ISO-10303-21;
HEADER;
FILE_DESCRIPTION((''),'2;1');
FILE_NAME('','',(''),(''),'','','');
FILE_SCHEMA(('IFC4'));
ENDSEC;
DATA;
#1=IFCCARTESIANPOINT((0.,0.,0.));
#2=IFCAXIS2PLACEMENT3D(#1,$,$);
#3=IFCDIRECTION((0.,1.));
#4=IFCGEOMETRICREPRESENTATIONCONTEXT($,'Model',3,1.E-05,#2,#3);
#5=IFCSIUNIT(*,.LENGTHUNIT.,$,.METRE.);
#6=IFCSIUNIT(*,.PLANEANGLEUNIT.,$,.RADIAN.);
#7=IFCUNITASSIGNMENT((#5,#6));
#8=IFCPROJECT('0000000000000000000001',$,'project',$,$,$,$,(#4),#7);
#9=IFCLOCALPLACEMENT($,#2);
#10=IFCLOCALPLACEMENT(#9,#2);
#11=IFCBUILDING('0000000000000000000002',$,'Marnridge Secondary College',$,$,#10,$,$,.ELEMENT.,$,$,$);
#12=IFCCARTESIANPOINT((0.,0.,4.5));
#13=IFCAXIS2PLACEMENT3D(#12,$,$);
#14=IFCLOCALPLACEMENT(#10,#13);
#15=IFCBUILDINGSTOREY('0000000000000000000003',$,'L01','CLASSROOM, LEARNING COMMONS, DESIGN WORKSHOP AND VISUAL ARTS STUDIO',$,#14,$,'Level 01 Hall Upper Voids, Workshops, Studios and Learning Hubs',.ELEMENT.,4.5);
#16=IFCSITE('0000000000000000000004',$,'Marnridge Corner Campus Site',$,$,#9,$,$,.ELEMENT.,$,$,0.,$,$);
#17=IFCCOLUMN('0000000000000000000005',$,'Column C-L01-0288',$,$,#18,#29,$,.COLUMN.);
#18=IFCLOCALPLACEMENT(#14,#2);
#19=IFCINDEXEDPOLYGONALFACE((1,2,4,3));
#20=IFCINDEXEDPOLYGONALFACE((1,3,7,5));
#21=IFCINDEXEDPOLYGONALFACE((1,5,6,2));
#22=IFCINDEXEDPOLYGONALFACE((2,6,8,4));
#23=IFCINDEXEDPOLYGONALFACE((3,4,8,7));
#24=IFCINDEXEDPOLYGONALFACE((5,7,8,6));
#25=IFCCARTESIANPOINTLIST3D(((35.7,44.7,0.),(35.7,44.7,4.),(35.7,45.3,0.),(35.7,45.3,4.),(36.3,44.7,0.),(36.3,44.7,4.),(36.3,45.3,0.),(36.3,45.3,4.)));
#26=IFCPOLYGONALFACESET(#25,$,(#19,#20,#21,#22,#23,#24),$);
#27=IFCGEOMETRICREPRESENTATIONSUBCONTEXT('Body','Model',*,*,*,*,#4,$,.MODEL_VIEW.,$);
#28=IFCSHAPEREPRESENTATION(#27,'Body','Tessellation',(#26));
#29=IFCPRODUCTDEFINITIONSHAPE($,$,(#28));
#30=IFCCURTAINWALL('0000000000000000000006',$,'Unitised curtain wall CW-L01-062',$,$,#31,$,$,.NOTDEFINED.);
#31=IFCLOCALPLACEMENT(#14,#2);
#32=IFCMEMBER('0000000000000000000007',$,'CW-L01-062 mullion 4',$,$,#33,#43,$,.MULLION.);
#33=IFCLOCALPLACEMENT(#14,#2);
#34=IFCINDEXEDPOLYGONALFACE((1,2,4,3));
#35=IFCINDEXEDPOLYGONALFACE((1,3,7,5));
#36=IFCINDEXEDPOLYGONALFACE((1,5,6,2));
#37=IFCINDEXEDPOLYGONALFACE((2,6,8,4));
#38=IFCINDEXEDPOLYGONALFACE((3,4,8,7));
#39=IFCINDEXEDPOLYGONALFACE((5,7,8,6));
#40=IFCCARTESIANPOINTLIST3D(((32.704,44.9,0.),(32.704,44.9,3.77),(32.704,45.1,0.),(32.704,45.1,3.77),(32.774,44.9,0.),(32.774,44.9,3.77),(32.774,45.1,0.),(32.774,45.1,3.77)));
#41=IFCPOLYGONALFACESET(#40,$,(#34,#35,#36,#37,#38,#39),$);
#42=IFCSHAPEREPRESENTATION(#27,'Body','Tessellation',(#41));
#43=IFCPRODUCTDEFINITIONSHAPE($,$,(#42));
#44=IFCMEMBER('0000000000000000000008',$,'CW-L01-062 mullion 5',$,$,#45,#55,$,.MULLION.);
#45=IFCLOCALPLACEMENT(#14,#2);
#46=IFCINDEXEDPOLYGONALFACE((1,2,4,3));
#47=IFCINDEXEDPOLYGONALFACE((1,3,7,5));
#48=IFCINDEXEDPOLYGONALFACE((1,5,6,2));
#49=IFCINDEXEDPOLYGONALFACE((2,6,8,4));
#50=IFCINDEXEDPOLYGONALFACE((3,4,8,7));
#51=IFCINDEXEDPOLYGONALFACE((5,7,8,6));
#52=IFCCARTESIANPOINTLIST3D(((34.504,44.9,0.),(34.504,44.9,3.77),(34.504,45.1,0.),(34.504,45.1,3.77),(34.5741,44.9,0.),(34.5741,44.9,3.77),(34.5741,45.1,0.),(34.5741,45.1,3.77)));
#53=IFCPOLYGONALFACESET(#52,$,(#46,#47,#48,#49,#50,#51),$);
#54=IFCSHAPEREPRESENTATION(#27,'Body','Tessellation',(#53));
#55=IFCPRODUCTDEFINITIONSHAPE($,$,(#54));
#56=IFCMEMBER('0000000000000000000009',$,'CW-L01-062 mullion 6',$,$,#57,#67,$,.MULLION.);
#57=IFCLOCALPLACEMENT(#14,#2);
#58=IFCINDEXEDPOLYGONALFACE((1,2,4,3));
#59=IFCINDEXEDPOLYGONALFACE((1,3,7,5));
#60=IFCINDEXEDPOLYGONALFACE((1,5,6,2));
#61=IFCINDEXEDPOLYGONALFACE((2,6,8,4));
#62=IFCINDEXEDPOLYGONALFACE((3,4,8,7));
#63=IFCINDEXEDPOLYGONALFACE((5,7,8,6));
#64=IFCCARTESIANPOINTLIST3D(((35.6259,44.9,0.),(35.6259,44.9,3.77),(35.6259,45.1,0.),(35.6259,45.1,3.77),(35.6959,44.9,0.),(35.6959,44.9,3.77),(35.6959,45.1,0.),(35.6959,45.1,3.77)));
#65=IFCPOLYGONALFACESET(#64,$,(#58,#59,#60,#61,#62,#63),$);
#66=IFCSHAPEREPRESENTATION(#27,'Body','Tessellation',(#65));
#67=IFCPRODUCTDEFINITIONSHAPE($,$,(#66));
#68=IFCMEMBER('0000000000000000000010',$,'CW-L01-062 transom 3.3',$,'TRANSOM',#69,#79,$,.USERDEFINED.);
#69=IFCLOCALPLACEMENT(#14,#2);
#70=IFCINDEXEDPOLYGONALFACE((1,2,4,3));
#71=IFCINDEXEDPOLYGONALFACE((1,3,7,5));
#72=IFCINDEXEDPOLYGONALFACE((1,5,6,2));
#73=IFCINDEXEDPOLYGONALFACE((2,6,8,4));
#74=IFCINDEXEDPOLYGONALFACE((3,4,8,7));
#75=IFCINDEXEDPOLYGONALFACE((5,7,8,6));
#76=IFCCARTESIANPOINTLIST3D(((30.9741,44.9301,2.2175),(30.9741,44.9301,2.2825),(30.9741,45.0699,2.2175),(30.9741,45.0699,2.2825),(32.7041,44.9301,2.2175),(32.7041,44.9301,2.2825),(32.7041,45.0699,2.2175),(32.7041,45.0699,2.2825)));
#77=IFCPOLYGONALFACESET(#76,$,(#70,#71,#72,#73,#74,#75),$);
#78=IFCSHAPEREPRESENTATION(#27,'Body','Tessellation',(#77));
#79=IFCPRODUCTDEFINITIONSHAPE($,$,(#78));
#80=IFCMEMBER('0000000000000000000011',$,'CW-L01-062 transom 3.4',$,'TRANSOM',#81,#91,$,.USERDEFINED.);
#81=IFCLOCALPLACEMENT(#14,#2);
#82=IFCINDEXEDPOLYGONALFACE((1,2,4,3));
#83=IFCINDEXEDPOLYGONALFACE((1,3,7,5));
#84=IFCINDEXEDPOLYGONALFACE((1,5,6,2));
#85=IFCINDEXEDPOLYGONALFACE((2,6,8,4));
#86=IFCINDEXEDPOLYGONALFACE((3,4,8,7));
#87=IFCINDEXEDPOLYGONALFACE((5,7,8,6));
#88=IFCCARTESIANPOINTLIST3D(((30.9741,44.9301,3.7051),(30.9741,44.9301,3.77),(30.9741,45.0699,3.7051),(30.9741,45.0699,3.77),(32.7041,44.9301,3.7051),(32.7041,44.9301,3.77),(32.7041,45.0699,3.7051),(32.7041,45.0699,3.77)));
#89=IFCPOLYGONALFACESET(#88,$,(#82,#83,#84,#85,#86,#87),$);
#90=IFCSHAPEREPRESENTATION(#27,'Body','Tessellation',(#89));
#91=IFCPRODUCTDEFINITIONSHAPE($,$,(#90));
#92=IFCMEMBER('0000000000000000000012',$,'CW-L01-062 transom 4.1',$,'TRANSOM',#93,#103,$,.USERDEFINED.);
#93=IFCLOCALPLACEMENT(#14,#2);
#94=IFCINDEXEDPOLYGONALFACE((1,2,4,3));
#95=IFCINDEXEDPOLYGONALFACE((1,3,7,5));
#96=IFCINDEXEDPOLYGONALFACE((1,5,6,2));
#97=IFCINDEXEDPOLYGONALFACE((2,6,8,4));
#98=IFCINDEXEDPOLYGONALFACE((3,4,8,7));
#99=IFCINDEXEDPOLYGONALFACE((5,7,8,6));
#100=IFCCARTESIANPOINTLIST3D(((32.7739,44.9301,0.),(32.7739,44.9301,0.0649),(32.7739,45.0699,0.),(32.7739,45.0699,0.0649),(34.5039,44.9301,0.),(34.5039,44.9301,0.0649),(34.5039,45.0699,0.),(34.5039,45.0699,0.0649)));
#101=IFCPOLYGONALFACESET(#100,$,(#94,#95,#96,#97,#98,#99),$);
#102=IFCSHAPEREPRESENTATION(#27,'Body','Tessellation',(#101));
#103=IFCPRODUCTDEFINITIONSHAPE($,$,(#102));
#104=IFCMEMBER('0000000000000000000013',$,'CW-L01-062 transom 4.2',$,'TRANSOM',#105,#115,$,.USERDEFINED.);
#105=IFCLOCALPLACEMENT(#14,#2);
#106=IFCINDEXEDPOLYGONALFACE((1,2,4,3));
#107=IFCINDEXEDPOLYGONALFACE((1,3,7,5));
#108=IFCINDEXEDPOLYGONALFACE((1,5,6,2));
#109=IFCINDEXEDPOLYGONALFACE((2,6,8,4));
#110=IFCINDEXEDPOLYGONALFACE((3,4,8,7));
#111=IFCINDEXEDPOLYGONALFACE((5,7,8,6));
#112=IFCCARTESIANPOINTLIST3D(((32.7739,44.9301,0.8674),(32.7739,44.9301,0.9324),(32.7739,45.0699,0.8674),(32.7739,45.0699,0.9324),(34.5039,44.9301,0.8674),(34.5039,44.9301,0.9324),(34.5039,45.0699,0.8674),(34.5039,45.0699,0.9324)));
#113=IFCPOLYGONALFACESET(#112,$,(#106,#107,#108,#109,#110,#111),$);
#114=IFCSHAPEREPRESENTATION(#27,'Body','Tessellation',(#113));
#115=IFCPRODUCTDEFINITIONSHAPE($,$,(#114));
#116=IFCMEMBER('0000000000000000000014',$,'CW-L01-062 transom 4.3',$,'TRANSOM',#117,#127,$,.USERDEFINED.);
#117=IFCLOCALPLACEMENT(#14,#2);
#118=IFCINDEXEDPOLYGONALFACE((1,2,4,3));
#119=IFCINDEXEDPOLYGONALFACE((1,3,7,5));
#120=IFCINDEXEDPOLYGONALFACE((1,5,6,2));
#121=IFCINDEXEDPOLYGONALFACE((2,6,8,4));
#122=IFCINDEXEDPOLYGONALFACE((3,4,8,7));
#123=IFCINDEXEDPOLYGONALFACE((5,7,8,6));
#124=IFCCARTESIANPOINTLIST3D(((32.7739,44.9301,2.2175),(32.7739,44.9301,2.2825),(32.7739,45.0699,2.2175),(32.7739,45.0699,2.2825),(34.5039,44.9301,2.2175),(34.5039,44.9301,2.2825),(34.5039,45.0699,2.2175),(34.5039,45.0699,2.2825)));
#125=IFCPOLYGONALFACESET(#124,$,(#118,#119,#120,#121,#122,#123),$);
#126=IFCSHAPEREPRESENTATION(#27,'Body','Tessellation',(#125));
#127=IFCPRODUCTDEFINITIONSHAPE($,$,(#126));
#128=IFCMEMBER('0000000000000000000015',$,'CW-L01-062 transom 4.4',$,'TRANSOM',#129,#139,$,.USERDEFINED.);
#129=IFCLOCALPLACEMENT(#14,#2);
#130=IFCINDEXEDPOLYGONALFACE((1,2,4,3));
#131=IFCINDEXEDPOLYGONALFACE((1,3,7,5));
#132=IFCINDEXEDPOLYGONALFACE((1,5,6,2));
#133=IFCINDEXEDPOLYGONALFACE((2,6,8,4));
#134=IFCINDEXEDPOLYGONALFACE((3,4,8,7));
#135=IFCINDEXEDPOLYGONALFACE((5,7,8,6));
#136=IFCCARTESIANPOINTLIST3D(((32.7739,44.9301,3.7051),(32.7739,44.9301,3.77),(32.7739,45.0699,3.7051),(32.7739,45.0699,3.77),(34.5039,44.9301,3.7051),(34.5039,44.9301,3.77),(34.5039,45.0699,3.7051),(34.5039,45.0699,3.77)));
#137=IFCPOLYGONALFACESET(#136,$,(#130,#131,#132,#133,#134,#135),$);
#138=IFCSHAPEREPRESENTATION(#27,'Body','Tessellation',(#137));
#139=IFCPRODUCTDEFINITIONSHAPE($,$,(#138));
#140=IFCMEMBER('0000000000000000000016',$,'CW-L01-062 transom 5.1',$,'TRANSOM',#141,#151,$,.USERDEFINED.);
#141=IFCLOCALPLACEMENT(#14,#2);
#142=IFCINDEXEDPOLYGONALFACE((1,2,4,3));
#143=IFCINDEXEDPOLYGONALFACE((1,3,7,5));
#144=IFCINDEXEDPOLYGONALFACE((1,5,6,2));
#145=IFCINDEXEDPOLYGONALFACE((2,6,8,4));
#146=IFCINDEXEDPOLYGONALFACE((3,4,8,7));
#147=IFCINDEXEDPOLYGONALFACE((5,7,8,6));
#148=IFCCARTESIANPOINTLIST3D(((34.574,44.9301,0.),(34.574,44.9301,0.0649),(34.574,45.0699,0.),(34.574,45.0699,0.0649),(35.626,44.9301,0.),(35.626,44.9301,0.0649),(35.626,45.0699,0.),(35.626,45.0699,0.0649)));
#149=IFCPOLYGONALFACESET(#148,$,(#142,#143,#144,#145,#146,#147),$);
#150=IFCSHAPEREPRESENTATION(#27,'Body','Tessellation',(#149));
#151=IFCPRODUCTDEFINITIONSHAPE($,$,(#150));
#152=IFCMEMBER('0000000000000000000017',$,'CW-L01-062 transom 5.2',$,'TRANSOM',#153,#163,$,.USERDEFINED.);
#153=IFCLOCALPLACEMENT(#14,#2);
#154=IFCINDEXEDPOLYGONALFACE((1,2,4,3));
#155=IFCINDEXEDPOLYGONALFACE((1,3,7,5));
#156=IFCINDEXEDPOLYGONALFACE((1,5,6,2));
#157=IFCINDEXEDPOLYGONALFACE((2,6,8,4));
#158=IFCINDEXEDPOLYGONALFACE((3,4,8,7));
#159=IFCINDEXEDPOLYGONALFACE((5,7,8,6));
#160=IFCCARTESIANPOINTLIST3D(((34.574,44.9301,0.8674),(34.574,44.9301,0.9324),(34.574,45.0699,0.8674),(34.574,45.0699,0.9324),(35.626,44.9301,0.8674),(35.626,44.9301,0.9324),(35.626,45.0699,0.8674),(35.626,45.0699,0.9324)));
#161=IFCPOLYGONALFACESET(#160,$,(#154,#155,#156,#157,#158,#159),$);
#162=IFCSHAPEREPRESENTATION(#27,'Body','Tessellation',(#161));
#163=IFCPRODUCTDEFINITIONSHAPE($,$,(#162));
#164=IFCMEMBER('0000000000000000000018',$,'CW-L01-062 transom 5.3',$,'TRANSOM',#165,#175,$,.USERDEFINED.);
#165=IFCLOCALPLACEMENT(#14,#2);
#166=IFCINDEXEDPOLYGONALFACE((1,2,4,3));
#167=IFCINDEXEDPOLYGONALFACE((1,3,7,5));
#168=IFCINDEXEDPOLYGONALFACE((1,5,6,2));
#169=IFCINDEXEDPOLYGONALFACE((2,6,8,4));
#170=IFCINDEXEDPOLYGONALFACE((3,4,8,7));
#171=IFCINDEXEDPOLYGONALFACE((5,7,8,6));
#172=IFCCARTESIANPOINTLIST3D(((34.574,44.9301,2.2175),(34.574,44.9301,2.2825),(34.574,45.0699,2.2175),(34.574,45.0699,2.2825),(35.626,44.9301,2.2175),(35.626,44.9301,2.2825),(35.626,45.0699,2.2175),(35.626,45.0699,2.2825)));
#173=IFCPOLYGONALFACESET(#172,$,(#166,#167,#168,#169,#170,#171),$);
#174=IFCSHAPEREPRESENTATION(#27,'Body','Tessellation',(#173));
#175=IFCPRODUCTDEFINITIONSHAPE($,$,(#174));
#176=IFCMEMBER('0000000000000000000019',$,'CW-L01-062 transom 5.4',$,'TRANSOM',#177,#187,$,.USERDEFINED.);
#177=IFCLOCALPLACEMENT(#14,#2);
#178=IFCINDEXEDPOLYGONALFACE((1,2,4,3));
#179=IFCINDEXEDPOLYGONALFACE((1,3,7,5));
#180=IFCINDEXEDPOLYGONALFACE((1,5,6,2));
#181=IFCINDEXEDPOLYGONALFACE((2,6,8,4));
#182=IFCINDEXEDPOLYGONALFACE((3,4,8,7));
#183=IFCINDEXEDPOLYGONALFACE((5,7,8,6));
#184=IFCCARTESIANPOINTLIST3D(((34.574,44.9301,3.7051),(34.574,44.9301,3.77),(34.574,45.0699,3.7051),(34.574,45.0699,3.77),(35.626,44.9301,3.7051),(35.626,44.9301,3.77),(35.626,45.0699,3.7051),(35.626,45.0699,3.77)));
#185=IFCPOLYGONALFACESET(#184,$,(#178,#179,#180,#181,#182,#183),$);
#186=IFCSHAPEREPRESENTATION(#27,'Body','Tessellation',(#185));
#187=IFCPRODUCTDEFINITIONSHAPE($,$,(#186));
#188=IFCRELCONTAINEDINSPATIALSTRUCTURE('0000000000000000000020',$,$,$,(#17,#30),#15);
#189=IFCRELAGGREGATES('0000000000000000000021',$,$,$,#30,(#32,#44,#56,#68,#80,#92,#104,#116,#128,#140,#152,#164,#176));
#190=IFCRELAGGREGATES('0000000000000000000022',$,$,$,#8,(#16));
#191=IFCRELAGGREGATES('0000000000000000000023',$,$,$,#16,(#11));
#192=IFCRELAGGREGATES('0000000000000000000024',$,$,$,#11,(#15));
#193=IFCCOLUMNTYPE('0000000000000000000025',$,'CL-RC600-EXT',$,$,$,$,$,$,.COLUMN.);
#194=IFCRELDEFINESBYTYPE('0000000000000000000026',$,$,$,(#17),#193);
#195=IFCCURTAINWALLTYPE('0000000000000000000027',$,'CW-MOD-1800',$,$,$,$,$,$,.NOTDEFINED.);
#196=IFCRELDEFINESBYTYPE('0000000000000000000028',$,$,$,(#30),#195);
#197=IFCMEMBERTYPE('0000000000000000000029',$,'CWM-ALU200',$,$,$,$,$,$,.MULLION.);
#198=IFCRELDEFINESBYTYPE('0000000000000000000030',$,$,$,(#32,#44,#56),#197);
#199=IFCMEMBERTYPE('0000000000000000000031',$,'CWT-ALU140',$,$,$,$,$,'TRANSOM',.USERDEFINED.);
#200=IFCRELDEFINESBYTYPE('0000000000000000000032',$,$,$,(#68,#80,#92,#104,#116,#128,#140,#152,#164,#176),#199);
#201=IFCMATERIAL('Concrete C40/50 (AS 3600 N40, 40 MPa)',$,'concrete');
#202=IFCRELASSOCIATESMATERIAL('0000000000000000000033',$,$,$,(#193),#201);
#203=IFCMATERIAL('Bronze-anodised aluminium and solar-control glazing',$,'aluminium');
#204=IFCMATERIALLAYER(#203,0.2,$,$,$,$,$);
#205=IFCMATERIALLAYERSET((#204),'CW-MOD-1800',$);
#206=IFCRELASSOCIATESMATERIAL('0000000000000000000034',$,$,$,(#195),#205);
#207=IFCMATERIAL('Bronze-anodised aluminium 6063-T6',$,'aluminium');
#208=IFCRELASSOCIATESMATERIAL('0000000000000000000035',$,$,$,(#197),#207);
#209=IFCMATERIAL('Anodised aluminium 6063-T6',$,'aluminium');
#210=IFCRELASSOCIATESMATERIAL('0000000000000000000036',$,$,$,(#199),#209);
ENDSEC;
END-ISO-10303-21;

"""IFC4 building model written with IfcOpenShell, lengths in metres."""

from ifc_helpers import new_model, si_unit, direction, frame, origin, origin_2d, place, context, subcontext, project, spatial, rectangle, extrude, material, layer, layer_set, material_profile, profile_set, type_object, element, aggregate, save


model = new_model("IFC4")

# Units and contexts
model_context = context("Model", 3, precision=1e-05, world=origin(), true_north=direction((0.0, 1.0)))
body_context = subcontext(model_context, "Body", "Model", "MODEL_VIEW")
ifc_project = project(units=[si_unit("LENGTHUNIT", "METRE"), si_unit("PLANEANGLEUNIT", "RADIAN")], contexts=[model_context])

# Site, building, storey
site_placement = place(None, origin())
site = spatial("IfcSite", under=ifc_project, at=site_placement, Name="Marnridge Corner Campus Site", CompositionType="ELEMENT", RefElevation=0.0)
building_placement = place(site_placement, origin())
building = spatial("IfcBuilding", under=site, at=building_placement, Name="Marnridge Secondary College", CompositionType="ELEMENT")
storey_placement = place(building_placement, frame((0.0, 0.0, 4.5)))
storey = spatial("IfcBuildingStorey", under=building, at=storey_placement, Name="L01", Description="CLASSROOM, LEARNING COMMONS, DESIGN WORKSHOP AND VISUAL ARTS STUDIO", LongName="Level 01 Hall Upper Voids, Workshops, Studios and Learning Hubs", CompositionType="ELEMENT", Elevation=4.5)

# Column
ifc_material_1 = material(Name="Concrete C40/50 (AS 3600 N40, 40 MPa)", Category="concrete")
ifc_material_profile_1 = material_profile(ifc_material_1, rectangle(XDim=0.6001, YDim=0.6001, at=origin_2d()), Name="RC 600x600")
ifc_profile_set_1 = profile_set([ifc_material_profile_1], Name="Concrete C40/50 (AS 3600 N40, 40 MPa)")
column_type = type_object("IfcColumnType", Name="CL-RC600-EXT", PredefinedType="COLUMN", material=ifc_profile_set_1)
column_placement = place(storey_placement, frame((36.0, 45.0, 0.0), z_axis=(0.0, 0.0, 1.0), x_axis=(1.0, 0.0, 0.0)))
element("IfcColumn", 1, at=column_placement, inside=storey, type_object=column_type, Name="Column C-L01-0288", PredefinedType="COLUMN", context=body_context, shape_type="SweptSolid", body=[
    extrude(rectangle(XDim=0.6001, YDim=0.6001, at=origin_2d()), origin(), (0.0, 0.0, 1.0), 4.0),
])

# Curtain wall, members
ifc_material_2 = material(Name="Bronze-anodised aluminium and solar-control glazing", Category="aluminium")
ifc_layer_1 = layer(ifc_material_2, 0.2)
ifc_layer_set_1 = layer_set([ifc_layer_1], Name="CW-MOD-1800")
curtain_wall_type = type_object("IfcCurtainWallType", Name="CW-MOD-1800", PredefinedType="NOTDEFINED", material=ifc_layer_set_1)
curtain_wall_placement = place(storey_placement, origin())
curtain_wall = element("IfcCurtainWall", 2, at=curtain_wall_placement, inside=storey, type_object=curtain_wall_type, Name="Unitised curtain wall CW-L01-062", PredefinedType="NOTDEFINED")
ifc_material_3 = material(Name="Bronze-anodised aluminium 6063-T6", Category="aluminium")
ifc_material_profile_2 = material_profile(ifc_material_3, rectangle(XDim=0.0701, YDim=0.2, at=origin_2d()), Name="ALU 70x200")
ifc_profile_set_2 = profile_set([ifc_material_profile_2], Name="Bronze-anodised aluminium 6063-T6")
member_type_1 = type_object("IfcMemberType", Name="CWM-ALU200", PredefinedType="MULLION", material=ifc_profile_set_2)
member_1_placement = place(storey_placement, frame((32.739, 45.0, 0.0), z_axis=(0.0, 0.0, 1.0), x_axis=(1.0, 0.0, 0.0)))
member_1 = element("IfcMember", 3, at=member_1_placement, type_object=member_type_1, Name="CW-L01-062 mullion 4", PredefinedType="MULLION", context=body_context, shape_type="SweptSolid", body=[
    extrude(rectangle(XDim=0.0701, YDim=0.2, at=origin_2d()), origin(), (0.0, 0.0, 1.0), 3.77),
])
member_2_placement = place(storey_placement, frame((34.5391, 45.0, 0.0), z_axis=(0.0, 0.0, 1.0), x_axis=(1.0, 0.0, 0.0)))
member_2 = element("IfcMember", 4, at=member_2_placement, type_object=member_type_1, Name="CW-L01-062 mullion 5", PredefinedType="MULLION", context=body_context, shape_type="SweptSolid", body=[
    extrude(rectangle(XDim=0.0701, YDim=0.2, at=origin_2d()), origin(), (0.0, 0.0, 1.0), 3.77),
])
member_3_placement = place(storey_placement, frame((35.6609, 45.0, 0.0), z_axis=(0.0, 0.0, 1.0), x_axis=(1.0, 0.0, 0.0)))
member_3 = element("IfcMember", 5, at=member_3_placement, type_object=member_type_1, Name="CW-L01-062 mullion 6", PredefinedType="MULLION", context=body_context, shape_type="SweptSolid", body=[
    extrude(rectangle(XDim=0.0701, YDim=0.2, at=origin_2d()), origin(), (0.0, 0.0, 1.0), 3.77),
])
ifc_material_4 = material(Name="Anodised aluminium 6063-T6", Category="aluminium")
ifc_material_profile_3 = material_profile(ifc_material_4, rectangle(XDim=0.0649, YDim=0.1399, at=origin_2d()), Name="ALU 65x140")
ifc_profile_set_3 = profile_set([ifc_material_profile_3], Name="Anodised aluminium 6063-T6")
member_type_2 = type_object("IfcMemberType", Name="CWT-ALU140", ElementType="TRANSOM", PredefinedType="USERDEFINED", material=ifc_profile_set_3)
member_4_placement = place(storey_placement, frame((30.9741, 45.0, 2.25), z_axis=(1.0, 0.0, 0.0), x_axis=(0.0, 0.0, 1.0)))
member_4 = element("IfcMember", 6, at=member_4_placement, type_object=member_type_2, Name="CW-L01-062 transom 3.3", ObjectType="TRANSOM", PredefinedType="USERDEFINED", context=body_context, shape_type="SweptSolid", body=[
    extrude(rectangle(XDim=0.0649, YDim=0.1399, at=origin_2d()), origin(), (0.0, 0.0, 1.0), 1.73),
])
member_5_placement = place(storey_placement, frame((30.9741, 45.0, 3.7375), z_axis=(1.0, 0.0, 0.0), x_axis=(0.0, 0.0, 1.0)))
member_5 = element("IfcMember", 7, at=member_5_placement, type_object=member_type_2, Name="CW-L01-062 transom 3.4", ObjectType="TRANSOM", PredefinedType="USERDEFINED", context=body_context, shape_type="SweptSolid", body=[
    extrude(rectangle(XDim=0.0649, YDim=0.1399, at=origin_2d()), origin(), (0.0, 0.0, 1.0), 1.73),
])
member_6_placement = place(storey_placement, frame((32.7739, 45.0, 0.0325), z_axis=(1.0, 0.0, 0.0), x_axis=(0.0, 0.0, 1.0)))
member_6 = element("IfcMember", 8, at=member_6_placement, type_object=member_type_2, Name="CW-L01-062 transom 4.1", ObjectType="TRANSOM", PredefinedType="USERDEFINED", context=body_context, shape_type="SweptSolid", body=[
    extrude(rectangle(XDim=0.0649, YDim=0.1399, at=origin_2d()), origin(), (0.0, 0.0, 1.0), 1.73),
])
member_7_placement = place(storey_placement, frame((32.7739, 45.0, 0.8999), z_axis=(1.0, 0.0, 0.0), x_axis=(0.0, 0.0, 1.0)))
member_7 = element("IfcMember", 9, at=member_7_placement, type_object=member_type_2, Name="CW-L01-062 transom 4.2", ObjectType="TRANSOM", PredefinedType="USERDEFINED", context=body_context, shape_type="SweptSolid", body=[
    extrude(rectangle(XDim=0.0649, YDim=0.1399, at=origin_2d()), origin(), (0.0, 0.0, 1.0), 1.73),
])
member_8_placement = place(storey_placement, frame((32.7739, 45.0, 2.25), z_axis=(1.0, 0.0, 0.0), x_axis=(0.0, 0.0, 1.0)))
member_8 = element("IfcMember", 10, at=member_8_placement, type_object=member_type_2, Name="CW-L01-062 transom 4.3", ObjectType="TRANSOM", PredefinedType="USERDEFINED", context=body_context, shape_type="SweptSolid", body=[
    extrude(rectangle(XDim=0.0649, YDim=0.1399, at=origin_2d()), origin(), (0.0, 0.0, 1.0), 1.73),
])
member_9_placement = place(storey_placement, frame((32.7739, 45.0, 3.7375), z_axis=(1.0, 0.0, 0.0), x_axis=(0.0, 0.0, 1.0)))
member_9 = element("IfcMember", 11, at=member_9_placement, type_object=member_type_2, Name="CW-L01-062 transom 4.4", ObjectType="TRANSOM", PredefinedType="USERDEFINED", context=body_context, shape_type="SweptSolid", body=[
    extrude(rectangle(XDim=0.0649, YDim=0.1399, at=origin_2d()), origin(), (0.0, 0.0, 1.0), 1.73),
])
member_10_placement = place(storey_placement, frame((34.574, 45.0, 0.0325), z_axis=(1.0, 0.0, 0.0), x_axis=(0.0, 0.0, 1.0)))
member_10 = element("IfcMember", 12, at=member_10_placement, type_object=member_type_2, Name="CW-L01-062 transom 5.1", ObjectType="TRANSOM", PredefinedType="USERDEFINED", context=body_context, shape_type="SweptSolid", body=[
    extrude(rectangle(XDim=0.0649, YDim=0.1399, at=origin_2d()), origin(), (0.0, 0.0, 1.0), 1.052),
])
member_11_placement = place(storey_placement, frame((34.574, 45.0, 0.8999), z_axis=(1.0, 0.0, 0.0), x_axis=(0.0, 0.0, 1.0)))
member_11 = element("IfcMember", 13, at=member_11_placement, type_object=member_type_2, Name="CW-L01-062 transom 5.2", ObjectType="TRANSOM", PredefinedType="USERDEFINED", context=body_context, shape_type="SweptSolid", body=[
    extrude(rectangle(XDim=0.0649, YDim=0.1399, at=origin_2d()), origin(), (0.0, 0.0, 1.0), 1.052),
])
member_12_placement = place(storey_placement, frame((34.574, 45.0, 2.25), z_axis=(1.0, 0.0, 0.0), x_axis=(0.0, 0.0, 1.0)))
member_12 = element("IfcMember", 14, at=member_12_placement, type_object=member_type_2, Name="CW-L01-062 transom 5.3", ObjectType="TRANSOM", PredefinedType="USERDEFINED", context=body_context, shape_type="SweptSolid", body=[
    extrude(rectangle(XDim=0.0649, YDim=0.1399, at=origin_2d()), origin(), (0.0, 0.0, 1.0), 1.052),
])
member_13_placement = place(storey_placement, frame((34.574, 45.0, 3.7375), z_axis=(1.0, 0.0, 0.0), x_axis=(0.0, 0.0, 1.0)))
member_13 = element("IfcMember", 15, at=member_13_placement, type_object=member_type_2, Name="CW-L01-062 transom 5.4", ObjectType="TRANSOM", PredefinedType="USERDEFINED", context=body_context, shape_type="SweptSolid", body=[
    extrude(rectangle(XDim=0.0649, YDim=0.1399, at=origin_2d()), origin(), (0.0, 0.0, 1.0), 1.052),
])
aggregate(curtain_wall, [member_1, member_2, member_3, member_4, member_5, member_6, member_7, member_8, member_9, member_10, member_11, member_12, member_13])

save(model, "model.ifc")
